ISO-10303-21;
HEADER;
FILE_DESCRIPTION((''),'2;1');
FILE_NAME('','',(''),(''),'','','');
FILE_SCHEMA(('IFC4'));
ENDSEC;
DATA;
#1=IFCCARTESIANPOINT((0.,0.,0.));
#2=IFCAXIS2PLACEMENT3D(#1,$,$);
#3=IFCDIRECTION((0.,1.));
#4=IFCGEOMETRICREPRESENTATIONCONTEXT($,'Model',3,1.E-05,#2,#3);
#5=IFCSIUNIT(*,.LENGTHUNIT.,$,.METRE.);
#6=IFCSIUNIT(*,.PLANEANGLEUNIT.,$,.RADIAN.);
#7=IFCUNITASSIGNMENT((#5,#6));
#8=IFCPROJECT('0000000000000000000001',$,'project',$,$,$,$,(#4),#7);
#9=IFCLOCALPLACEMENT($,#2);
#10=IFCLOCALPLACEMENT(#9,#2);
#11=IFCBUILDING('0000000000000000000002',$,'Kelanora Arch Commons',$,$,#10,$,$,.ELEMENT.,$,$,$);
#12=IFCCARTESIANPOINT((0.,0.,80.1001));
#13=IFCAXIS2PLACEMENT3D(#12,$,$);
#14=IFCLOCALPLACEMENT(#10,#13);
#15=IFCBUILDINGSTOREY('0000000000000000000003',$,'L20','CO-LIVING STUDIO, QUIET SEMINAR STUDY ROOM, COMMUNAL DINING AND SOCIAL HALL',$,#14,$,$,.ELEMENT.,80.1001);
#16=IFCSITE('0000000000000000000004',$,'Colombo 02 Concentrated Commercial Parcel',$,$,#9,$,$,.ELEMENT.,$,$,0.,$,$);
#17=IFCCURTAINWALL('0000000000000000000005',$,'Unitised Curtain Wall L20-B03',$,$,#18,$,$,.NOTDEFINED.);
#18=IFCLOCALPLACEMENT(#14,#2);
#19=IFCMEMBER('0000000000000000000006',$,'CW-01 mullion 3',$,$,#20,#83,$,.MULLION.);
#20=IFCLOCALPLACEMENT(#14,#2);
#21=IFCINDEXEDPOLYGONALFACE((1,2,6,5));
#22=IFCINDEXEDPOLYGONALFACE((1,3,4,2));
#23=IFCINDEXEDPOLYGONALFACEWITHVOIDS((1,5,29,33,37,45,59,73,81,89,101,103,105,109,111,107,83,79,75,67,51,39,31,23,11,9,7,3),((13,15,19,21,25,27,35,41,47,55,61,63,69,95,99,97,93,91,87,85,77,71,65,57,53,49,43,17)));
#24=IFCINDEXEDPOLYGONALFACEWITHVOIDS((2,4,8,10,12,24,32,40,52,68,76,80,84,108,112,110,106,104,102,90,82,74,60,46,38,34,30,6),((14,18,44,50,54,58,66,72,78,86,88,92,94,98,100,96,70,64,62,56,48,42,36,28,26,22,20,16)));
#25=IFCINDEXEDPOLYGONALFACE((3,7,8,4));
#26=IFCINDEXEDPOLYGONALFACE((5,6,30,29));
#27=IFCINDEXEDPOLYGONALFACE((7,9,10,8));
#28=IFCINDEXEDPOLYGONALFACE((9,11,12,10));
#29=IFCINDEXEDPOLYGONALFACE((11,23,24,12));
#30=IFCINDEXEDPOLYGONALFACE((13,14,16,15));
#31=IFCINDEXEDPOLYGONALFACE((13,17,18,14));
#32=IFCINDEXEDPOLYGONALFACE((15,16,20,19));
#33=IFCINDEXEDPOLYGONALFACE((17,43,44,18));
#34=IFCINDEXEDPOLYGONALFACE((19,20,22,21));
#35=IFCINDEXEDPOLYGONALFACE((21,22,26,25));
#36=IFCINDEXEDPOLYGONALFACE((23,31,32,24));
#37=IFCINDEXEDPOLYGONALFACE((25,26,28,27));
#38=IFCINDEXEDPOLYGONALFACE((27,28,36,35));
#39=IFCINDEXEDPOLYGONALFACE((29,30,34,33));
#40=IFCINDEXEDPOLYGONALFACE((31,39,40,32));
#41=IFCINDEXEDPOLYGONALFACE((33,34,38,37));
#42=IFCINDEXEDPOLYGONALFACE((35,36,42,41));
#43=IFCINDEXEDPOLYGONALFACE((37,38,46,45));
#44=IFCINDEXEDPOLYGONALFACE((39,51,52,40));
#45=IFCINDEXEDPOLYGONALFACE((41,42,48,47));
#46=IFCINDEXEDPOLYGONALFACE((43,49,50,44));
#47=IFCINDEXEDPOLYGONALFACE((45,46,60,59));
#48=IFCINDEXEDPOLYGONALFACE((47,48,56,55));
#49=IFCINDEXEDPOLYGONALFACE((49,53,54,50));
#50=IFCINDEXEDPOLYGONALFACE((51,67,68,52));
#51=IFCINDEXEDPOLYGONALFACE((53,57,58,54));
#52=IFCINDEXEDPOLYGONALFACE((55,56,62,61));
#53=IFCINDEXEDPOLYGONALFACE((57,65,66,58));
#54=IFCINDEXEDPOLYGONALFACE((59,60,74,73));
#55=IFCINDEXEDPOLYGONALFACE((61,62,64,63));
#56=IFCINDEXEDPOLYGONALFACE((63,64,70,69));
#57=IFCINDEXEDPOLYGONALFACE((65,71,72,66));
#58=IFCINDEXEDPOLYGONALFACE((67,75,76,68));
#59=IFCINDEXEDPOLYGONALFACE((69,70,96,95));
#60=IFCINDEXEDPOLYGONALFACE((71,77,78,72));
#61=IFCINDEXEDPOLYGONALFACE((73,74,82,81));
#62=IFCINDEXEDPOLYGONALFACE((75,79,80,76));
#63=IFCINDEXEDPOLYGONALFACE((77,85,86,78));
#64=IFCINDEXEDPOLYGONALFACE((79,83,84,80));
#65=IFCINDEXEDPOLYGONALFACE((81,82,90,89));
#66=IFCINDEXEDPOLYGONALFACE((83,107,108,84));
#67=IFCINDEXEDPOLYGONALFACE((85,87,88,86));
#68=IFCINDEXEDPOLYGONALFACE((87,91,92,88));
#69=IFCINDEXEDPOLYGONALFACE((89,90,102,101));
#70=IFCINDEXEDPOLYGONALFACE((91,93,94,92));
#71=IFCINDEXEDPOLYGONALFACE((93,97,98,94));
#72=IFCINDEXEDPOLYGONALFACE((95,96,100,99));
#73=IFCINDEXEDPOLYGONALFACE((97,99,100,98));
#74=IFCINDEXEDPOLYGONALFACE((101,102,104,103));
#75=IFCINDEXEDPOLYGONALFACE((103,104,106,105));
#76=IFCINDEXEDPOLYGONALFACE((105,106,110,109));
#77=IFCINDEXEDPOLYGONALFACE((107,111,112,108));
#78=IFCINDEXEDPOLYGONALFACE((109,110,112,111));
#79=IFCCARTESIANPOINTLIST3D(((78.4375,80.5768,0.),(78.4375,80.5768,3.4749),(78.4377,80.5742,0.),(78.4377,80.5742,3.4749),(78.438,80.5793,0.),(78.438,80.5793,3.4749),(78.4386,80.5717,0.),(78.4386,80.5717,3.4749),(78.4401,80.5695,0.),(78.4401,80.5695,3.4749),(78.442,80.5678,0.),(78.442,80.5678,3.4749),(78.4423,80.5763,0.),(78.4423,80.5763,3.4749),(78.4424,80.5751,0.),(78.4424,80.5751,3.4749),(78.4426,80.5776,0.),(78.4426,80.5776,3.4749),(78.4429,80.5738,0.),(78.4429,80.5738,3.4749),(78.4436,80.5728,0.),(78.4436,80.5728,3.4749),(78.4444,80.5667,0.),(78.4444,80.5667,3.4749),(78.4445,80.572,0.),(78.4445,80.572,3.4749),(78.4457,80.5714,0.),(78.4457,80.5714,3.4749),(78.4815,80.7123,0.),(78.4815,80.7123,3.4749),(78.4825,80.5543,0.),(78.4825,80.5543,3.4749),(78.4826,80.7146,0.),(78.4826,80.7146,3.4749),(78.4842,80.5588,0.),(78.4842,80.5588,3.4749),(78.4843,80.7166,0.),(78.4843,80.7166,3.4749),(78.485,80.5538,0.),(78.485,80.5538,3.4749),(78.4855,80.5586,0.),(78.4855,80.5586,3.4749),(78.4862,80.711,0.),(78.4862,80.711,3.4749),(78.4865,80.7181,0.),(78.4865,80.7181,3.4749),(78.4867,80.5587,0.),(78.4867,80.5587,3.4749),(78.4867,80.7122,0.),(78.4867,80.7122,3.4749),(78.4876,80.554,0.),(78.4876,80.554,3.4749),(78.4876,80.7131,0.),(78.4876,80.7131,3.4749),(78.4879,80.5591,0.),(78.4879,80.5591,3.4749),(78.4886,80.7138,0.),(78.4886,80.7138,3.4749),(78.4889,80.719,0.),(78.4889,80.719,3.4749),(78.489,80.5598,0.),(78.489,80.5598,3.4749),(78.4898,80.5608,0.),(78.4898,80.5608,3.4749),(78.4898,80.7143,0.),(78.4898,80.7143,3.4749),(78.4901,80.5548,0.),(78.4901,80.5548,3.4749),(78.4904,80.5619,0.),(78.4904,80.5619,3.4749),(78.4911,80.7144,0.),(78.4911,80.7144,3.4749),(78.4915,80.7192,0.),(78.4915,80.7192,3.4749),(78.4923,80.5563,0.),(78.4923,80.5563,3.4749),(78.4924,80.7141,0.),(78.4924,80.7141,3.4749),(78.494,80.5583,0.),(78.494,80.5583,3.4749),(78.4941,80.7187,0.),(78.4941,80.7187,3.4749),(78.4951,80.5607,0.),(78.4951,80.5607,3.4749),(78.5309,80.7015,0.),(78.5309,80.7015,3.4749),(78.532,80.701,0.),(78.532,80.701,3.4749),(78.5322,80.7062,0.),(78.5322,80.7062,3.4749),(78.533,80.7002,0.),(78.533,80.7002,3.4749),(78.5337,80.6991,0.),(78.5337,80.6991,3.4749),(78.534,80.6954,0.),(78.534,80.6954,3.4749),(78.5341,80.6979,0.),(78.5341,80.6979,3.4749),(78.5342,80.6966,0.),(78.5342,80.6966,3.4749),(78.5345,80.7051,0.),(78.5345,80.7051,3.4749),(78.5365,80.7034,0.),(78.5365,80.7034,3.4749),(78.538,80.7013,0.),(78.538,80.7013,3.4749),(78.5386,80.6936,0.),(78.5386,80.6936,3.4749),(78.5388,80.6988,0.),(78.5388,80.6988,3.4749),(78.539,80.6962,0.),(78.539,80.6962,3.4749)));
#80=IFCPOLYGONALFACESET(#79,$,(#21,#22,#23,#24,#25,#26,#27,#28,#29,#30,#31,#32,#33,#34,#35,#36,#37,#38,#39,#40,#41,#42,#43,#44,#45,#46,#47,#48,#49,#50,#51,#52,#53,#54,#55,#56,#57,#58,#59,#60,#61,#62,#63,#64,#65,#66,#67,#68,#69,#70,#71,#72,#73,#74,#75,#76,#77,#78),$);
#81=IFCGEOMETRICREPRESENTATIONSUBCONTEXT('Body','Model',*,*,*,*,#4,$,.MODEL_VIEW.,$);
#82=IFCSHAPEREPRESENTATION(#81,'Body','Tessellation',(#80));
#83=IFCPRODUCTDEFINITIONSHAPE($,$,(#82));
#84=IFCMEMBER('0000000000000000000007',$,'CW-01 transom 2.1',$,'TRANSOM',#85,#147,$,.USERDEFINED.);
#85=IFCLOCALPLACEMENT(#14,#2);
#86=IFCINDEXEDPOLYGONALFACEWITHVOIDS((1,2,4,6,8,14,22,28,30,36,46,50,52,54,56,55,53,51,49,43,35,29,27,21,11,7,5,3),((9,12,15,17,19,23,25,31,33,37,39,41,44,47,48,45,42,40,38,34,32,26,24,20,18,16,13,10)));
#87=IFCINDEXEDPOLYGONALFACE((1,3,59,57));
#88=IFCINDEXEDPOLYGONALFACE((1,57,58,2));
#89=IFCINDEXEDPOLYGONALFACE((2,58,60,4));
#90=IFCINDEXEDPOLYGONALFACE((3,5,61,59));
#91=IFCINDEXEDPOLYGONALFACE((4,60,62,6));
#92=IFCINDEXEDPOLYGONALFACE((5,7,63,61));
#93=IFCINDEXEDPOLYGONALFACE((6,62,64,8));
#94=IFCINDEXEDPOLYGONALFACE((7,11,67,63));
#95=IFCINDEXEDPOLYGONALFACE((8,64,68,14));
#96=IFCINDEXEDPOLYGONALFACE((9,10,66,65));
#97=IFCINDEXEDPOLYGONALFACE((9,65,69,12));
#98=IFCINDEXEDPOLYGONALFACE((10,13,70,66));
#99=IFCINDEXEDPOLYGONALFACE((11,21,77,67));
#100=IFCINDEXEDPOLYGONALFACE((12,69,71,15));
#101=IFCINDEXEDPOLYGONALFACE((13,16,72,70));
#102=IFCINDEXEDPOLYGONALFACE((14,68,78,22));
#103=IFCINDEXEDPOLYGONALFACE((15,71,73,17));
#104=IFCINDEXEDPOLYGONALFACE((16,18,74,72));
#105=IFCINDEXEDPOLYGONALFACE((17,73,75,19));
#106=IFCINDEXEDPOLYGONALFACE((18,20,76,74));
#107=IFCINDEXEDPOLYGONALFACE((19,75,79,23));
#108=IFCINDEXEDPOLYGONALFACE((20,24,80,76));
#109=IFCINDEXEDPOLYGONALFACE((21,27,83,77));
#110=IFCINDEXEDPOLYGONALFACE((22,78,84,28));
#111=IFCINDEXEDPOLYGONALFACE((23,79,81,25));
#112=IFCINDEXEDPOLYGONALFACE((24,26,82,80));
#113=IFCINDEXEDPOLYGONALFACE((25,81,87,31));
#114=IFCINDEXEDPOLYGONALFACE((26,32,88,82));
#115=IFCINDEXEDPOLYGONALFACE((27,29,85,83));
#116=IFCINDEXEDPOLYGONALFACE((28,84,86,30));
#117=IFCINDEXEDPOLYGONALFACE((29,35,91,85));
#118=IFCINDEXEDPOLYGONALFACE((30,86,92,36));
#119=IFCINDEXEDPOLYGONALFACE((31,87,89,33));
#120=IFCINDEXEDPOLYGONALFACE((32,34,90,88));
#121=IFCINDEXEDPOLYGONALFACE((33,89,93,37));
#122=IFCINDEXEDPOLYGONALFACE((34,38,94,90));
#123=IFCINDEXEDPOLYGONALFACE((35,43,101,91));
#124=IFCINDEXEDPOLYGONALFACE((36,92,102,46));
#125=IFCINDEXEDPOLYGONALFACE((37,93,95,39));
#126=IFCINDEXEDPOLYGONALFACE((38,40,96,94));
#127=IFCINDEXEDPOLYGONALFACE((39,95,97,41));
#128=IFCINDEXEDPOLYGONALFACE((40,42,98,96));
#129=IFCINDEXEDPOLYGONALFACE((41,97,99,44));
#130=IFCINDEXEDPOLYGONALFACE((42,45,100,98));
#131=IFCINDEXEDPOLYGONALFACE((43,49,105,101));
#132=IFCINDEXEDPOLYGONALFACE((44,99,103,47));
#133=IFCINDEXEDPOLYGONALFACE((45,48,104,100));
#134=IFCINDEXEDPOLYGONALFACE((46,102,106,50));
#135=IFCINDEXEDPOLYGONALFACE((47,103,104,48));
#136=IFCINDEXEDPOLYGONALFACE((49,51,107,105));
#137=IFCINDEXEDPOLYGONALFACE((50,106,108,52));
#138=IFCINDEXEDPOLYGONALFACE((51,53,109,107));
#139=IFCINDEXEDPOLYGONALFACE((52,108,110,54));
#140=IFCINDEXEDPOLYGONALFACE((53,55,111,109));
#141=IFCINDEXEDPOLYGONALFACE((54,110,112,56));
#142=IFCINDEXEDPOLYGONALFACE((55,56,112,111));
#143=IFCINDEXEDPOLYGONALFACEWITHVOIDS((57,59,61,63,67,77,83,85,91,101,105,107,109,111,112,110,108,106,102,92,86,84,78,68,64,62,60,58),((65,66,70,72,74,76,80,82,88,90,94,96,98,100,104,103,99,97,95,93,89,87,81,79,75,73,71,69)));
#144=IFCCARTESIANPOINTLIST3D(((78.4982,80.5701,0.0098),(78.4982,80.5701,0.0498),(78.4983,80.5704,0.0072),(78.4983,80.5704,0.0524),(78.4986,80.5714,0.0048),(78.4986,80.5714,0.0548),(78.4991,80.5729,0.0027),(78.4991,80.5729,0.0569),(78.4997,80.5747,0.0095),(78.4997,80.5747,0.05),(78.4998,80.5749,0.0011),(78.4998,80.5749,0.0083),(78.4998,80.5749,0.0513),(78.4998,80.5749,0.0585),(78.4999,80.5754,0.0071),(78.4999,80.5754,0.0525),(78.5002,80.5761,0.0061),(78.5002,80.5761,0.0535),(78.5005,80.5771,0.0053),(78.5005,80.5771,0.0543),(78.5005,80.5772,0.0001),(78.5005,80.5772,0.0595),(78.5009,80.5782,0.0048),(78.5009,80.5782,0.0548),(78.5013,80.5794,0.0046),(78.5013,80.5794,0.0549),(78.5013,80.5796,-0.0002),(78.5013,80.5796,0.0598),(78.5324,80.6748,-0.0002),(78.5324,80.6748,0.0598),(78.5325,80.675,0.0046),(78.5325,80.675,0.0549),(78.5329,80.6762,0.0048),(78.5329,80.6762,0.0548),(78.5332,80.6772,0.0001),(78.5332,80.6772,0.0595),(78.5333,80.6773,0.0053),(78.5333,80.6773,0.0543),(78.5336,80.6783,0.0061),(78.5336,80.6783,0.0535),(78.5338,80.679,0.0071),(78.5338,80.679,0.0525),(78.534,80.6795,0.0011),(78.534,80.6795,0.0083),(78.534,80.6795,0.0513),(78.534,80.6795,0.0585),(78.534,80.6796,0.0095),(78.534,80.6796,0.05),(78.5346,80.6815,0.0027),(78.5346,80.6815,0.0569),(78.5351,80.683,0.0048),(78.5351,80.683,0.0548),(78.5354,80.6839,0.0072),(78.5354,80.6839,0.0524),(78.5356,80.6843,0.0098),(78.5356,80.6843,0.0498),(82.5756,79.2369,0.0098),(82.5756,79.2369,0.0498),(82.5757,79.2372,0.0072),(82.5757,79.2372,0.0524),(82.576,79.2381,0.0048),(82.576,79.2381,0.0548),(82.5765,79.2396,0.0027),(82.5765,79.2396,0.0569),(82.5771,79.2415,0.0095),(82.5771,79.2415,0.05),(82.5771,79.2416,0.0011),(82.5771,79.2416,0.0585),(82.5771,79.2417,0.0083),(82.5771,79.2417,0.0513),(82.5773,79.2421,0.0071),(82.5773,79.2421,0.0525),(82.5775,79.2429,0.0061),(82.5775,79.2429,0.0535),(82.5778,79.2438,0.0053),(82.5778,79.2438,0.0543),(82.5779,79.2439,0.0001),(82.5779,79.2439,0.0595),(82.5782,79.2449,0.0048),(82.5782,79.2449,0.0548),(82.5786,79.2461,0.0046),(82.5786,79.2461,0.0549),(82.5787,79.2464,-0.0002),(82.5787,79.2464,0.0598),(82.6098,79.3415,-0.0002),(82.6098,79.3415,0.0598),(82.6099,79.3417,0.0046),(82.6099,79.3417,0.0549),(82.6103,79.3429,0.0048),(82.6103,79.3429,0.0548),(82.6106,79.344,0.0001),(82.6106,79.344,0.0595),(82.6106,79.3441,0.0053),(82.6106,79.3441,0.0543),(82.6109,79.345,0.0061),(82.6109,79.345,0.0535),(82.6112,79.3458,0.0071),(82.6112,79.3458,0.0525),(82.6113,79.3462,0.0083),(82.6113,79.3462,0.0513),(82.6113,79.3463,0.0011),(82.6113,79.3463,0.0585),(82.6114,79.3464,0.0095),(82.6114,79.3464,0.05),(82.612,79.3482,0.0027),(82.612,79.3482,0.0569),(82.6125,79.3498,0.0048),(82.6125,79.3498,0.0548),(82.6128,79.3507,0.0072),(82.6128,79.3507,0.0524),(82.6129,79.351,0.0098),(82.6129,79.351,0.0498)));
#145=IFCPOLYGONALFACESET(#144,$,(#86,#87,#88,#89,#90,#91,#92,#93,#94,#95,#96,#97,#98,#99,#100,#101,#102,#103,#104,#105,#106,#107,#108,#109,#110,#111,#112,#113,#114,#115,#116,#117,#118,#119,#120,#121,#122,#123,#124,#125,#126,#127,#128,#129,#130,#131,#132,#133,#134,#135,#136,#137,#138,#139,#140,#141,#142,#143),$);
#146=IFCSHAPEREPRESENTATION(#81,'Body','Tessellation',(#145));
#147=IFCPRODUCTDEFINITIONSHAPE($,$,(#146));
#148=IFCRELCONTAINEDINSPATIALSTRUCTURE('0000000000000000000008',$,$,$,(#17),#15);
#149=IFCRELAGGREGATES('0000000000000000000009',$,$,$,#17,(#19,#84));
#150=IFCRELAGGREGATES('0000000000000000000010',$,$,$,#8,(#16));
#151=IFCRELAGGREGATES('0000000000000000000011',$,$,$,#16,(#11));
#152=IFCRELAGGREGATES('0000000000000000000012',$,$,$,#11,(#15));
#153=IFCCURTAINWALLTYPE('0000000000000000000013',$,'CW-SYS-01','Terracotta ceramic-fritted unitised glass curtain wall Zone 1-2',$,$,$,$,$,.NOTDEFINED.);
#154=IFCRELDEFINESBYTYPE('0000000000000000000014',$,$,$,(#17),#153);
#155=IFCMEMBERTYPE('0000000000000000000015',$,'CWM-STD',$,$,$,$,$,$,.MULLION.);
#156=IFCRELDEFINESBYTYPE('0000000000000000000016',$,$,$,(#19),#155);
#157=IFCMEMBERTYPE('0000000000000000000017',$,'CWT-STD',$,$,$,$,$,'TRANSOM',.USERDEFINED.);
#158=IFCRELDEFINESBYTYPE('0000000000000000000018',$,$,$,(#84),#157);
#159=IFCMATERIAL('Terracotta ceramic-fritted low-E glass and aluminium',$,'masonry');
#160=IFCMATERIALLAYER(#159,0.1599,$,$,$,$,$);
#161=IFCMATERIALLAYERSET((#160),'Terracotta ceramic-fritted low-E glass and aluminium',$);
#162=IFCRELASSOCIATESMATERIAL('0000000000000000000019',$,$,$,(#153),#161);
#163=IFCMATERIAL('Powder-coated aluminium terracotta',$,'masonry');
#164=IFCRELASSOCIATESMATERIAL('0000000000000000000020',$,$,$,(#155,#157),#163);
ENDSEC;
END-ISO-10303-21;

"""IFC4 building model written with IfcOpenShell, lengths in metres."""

from ifc_helpers import new_model, si_unit, direction, frame, origin, origin_2d, place, context, subcontext, project, spatial, hollow_rectangle, extrude, material, layer, layer_set, material_profile, profile_set, type_object, element, aggregate, save


model = new_model("IFC4")

# Units and contexts
model_context = context("Model", 3, precision=1e-05, world=origin(), true_north=direction((0.0, 1.0)))
body_context = subcontext(model_context, "Body", "Model", "MODEL_VIEW")
ifc_project = project(units=[si_unit("LENGTHUNIT", "METRE"), si_unit("PLANEANGLEUNIT", "RADIAN")], contexts=[model_context])

# Site, building, storey
site_placement = place(None, origin())
site = spatial("IfcSite", under=ifc_project, at=site_placement, Name="Colombo 02 Concentrated Commercial Parcel", CompositionType="ELEMENT", RefElevation=0.0)
building_placement = place(site_placement, origin())
building = spatial("IfcBuilding", under=site, at=building_placement, Name="Kelanora Arch Commons", CompositionType="ELEMENT")
storey_placement = place(building_placement, frame((0.0, 0.0, 80.1001)))
storey = spatial("IfcBuildingStorey", under=building, at=storey_placement, Name="L20", Description="CO-LIVING STUDIO, QUIET SEMINAR STUDY ROOM, COMMUNAL DINING AND SOCIAL HALL", CompositionType="ELEMENT", Elevation=80.1001)

# Curtain wall, members
ifc_material_1 = material(Name="Terracotta ceramic-fritted low-E glass and aluminium", Category="masonry")
ifc_layer_1 = layer(ifc_material_1, 0.1599)
ifc_layer_set_1 = layer_set([ifc_layer_1], Name="Terracotta ceramic-fritted low-E glass and aluminium")
curtain_wall_type = type_object("IfcCurtainWallType", Name="CW-SYS-01", Description="Terracotta ceramic-fritted unitised glass curtain wall Zone 1-2", PredefinedType="NOTDEFINED", material=ifc_layer_set_1)
curtain_wall_placement = place(storey_placement, origin())
curtain_wall = element("IfcCurtainWall", 1, at=curtain_wall_placement, inside=storey, type_object=curtain_wall_type, Name="Unitised Curtain Wall L20-B03", PredefinedType="NOTDEFINED")
ifc_material_2 = material(Name="Powder-coated aluminium terracotta", Category="masonry")
ifc_material_profile_1 = material_profile(ifc_material_2, hollow_rectangle(XDim=0.1599, YDim=0.0601, WallThickness=0.0049, InnerFilletRadius=0.0049, OuterFilletRadius=0.01, at=origin_2d()), Name="CWM160x60")
ifc_profile_set_1 = profile_set([ifc_material_profile_1], Name="Powder-coated aluminium terracotta")
member_type_1 = type_object("IfcMemberType", Name="CWM-STD", PredefinedType="MULLION", material=ifc_profile_set_1)
member_1_placement = place(storey_placement, frame((78.4883, 80.6365, 0.0), z_axis=(0.0, 0.0, 1.0), x_axis=(-0.310805, -0.950474, 0.0)))
member_1 = element("IfcMember", 2, at=member_1_placement, type_object=member_type_1, Name="CW-01 mullion 3", PredefinedType="MULLION", context=body_context, shape_type="SweptSolid", body=[
    extrude(hollow_rectangle(XDim=0.1599, YDim=0.0601, WallThickness=0.0049, InnerFilletRadius=0.0049, OuterFilletRadius=0.01, at=origin_2d()), origin(), (0.0, 0.0, 1.0), 3.4749),
])
ifc_material_profile_2 = material_profile(ifc_material_2, hollow_rectangle(XDim=0.1201, YDim=0.0601, WallThickness=0.0049, InnerFilletRadius=0.0049, OuterFilletRadius=0.01, at=origin_2d()), Name="CWT120x60")
ifc_profile_set_2 = profile_set([ifc_material_profile_2], Name="Powder-coated aluminium terracotta")
member_type_2 = type_object("IfcMemberType", Name="CWT-STD", ElementType="TRANSOM", PredefinedType="USERDEFINED", material=ifc_profile_set_2)
member_2_placement = place(storey_placement, frame((82.5942, 79.2939, 0.0298), z_axis=(-0.950478, 0.310793, 0.0), x_axis=(-0.310793, -0.950478, 0.0)))
member_2 = element("IfcMember", 3, at=member_2_placement, type_object=member_type_2, Name="CW-01 transom 2.1", ObjectType="TRANSOM", PredefinedType="USERDEFINED", context=body_context, shape_type="SweptSolid", body=[
    extrude(hollow_rectangle(XDim=0.1201, YDim=0.0601, WallThickness=0.0049, InnerFilletRadius=0.0049, OuterFilletRadius=0.01, at=origin_2d()), origin(), (0.0, 0.0, 1.0), 4.2898),
])
aggregate(curtain_wall, [member_1, member_2])

save(model, "model.ifc")
